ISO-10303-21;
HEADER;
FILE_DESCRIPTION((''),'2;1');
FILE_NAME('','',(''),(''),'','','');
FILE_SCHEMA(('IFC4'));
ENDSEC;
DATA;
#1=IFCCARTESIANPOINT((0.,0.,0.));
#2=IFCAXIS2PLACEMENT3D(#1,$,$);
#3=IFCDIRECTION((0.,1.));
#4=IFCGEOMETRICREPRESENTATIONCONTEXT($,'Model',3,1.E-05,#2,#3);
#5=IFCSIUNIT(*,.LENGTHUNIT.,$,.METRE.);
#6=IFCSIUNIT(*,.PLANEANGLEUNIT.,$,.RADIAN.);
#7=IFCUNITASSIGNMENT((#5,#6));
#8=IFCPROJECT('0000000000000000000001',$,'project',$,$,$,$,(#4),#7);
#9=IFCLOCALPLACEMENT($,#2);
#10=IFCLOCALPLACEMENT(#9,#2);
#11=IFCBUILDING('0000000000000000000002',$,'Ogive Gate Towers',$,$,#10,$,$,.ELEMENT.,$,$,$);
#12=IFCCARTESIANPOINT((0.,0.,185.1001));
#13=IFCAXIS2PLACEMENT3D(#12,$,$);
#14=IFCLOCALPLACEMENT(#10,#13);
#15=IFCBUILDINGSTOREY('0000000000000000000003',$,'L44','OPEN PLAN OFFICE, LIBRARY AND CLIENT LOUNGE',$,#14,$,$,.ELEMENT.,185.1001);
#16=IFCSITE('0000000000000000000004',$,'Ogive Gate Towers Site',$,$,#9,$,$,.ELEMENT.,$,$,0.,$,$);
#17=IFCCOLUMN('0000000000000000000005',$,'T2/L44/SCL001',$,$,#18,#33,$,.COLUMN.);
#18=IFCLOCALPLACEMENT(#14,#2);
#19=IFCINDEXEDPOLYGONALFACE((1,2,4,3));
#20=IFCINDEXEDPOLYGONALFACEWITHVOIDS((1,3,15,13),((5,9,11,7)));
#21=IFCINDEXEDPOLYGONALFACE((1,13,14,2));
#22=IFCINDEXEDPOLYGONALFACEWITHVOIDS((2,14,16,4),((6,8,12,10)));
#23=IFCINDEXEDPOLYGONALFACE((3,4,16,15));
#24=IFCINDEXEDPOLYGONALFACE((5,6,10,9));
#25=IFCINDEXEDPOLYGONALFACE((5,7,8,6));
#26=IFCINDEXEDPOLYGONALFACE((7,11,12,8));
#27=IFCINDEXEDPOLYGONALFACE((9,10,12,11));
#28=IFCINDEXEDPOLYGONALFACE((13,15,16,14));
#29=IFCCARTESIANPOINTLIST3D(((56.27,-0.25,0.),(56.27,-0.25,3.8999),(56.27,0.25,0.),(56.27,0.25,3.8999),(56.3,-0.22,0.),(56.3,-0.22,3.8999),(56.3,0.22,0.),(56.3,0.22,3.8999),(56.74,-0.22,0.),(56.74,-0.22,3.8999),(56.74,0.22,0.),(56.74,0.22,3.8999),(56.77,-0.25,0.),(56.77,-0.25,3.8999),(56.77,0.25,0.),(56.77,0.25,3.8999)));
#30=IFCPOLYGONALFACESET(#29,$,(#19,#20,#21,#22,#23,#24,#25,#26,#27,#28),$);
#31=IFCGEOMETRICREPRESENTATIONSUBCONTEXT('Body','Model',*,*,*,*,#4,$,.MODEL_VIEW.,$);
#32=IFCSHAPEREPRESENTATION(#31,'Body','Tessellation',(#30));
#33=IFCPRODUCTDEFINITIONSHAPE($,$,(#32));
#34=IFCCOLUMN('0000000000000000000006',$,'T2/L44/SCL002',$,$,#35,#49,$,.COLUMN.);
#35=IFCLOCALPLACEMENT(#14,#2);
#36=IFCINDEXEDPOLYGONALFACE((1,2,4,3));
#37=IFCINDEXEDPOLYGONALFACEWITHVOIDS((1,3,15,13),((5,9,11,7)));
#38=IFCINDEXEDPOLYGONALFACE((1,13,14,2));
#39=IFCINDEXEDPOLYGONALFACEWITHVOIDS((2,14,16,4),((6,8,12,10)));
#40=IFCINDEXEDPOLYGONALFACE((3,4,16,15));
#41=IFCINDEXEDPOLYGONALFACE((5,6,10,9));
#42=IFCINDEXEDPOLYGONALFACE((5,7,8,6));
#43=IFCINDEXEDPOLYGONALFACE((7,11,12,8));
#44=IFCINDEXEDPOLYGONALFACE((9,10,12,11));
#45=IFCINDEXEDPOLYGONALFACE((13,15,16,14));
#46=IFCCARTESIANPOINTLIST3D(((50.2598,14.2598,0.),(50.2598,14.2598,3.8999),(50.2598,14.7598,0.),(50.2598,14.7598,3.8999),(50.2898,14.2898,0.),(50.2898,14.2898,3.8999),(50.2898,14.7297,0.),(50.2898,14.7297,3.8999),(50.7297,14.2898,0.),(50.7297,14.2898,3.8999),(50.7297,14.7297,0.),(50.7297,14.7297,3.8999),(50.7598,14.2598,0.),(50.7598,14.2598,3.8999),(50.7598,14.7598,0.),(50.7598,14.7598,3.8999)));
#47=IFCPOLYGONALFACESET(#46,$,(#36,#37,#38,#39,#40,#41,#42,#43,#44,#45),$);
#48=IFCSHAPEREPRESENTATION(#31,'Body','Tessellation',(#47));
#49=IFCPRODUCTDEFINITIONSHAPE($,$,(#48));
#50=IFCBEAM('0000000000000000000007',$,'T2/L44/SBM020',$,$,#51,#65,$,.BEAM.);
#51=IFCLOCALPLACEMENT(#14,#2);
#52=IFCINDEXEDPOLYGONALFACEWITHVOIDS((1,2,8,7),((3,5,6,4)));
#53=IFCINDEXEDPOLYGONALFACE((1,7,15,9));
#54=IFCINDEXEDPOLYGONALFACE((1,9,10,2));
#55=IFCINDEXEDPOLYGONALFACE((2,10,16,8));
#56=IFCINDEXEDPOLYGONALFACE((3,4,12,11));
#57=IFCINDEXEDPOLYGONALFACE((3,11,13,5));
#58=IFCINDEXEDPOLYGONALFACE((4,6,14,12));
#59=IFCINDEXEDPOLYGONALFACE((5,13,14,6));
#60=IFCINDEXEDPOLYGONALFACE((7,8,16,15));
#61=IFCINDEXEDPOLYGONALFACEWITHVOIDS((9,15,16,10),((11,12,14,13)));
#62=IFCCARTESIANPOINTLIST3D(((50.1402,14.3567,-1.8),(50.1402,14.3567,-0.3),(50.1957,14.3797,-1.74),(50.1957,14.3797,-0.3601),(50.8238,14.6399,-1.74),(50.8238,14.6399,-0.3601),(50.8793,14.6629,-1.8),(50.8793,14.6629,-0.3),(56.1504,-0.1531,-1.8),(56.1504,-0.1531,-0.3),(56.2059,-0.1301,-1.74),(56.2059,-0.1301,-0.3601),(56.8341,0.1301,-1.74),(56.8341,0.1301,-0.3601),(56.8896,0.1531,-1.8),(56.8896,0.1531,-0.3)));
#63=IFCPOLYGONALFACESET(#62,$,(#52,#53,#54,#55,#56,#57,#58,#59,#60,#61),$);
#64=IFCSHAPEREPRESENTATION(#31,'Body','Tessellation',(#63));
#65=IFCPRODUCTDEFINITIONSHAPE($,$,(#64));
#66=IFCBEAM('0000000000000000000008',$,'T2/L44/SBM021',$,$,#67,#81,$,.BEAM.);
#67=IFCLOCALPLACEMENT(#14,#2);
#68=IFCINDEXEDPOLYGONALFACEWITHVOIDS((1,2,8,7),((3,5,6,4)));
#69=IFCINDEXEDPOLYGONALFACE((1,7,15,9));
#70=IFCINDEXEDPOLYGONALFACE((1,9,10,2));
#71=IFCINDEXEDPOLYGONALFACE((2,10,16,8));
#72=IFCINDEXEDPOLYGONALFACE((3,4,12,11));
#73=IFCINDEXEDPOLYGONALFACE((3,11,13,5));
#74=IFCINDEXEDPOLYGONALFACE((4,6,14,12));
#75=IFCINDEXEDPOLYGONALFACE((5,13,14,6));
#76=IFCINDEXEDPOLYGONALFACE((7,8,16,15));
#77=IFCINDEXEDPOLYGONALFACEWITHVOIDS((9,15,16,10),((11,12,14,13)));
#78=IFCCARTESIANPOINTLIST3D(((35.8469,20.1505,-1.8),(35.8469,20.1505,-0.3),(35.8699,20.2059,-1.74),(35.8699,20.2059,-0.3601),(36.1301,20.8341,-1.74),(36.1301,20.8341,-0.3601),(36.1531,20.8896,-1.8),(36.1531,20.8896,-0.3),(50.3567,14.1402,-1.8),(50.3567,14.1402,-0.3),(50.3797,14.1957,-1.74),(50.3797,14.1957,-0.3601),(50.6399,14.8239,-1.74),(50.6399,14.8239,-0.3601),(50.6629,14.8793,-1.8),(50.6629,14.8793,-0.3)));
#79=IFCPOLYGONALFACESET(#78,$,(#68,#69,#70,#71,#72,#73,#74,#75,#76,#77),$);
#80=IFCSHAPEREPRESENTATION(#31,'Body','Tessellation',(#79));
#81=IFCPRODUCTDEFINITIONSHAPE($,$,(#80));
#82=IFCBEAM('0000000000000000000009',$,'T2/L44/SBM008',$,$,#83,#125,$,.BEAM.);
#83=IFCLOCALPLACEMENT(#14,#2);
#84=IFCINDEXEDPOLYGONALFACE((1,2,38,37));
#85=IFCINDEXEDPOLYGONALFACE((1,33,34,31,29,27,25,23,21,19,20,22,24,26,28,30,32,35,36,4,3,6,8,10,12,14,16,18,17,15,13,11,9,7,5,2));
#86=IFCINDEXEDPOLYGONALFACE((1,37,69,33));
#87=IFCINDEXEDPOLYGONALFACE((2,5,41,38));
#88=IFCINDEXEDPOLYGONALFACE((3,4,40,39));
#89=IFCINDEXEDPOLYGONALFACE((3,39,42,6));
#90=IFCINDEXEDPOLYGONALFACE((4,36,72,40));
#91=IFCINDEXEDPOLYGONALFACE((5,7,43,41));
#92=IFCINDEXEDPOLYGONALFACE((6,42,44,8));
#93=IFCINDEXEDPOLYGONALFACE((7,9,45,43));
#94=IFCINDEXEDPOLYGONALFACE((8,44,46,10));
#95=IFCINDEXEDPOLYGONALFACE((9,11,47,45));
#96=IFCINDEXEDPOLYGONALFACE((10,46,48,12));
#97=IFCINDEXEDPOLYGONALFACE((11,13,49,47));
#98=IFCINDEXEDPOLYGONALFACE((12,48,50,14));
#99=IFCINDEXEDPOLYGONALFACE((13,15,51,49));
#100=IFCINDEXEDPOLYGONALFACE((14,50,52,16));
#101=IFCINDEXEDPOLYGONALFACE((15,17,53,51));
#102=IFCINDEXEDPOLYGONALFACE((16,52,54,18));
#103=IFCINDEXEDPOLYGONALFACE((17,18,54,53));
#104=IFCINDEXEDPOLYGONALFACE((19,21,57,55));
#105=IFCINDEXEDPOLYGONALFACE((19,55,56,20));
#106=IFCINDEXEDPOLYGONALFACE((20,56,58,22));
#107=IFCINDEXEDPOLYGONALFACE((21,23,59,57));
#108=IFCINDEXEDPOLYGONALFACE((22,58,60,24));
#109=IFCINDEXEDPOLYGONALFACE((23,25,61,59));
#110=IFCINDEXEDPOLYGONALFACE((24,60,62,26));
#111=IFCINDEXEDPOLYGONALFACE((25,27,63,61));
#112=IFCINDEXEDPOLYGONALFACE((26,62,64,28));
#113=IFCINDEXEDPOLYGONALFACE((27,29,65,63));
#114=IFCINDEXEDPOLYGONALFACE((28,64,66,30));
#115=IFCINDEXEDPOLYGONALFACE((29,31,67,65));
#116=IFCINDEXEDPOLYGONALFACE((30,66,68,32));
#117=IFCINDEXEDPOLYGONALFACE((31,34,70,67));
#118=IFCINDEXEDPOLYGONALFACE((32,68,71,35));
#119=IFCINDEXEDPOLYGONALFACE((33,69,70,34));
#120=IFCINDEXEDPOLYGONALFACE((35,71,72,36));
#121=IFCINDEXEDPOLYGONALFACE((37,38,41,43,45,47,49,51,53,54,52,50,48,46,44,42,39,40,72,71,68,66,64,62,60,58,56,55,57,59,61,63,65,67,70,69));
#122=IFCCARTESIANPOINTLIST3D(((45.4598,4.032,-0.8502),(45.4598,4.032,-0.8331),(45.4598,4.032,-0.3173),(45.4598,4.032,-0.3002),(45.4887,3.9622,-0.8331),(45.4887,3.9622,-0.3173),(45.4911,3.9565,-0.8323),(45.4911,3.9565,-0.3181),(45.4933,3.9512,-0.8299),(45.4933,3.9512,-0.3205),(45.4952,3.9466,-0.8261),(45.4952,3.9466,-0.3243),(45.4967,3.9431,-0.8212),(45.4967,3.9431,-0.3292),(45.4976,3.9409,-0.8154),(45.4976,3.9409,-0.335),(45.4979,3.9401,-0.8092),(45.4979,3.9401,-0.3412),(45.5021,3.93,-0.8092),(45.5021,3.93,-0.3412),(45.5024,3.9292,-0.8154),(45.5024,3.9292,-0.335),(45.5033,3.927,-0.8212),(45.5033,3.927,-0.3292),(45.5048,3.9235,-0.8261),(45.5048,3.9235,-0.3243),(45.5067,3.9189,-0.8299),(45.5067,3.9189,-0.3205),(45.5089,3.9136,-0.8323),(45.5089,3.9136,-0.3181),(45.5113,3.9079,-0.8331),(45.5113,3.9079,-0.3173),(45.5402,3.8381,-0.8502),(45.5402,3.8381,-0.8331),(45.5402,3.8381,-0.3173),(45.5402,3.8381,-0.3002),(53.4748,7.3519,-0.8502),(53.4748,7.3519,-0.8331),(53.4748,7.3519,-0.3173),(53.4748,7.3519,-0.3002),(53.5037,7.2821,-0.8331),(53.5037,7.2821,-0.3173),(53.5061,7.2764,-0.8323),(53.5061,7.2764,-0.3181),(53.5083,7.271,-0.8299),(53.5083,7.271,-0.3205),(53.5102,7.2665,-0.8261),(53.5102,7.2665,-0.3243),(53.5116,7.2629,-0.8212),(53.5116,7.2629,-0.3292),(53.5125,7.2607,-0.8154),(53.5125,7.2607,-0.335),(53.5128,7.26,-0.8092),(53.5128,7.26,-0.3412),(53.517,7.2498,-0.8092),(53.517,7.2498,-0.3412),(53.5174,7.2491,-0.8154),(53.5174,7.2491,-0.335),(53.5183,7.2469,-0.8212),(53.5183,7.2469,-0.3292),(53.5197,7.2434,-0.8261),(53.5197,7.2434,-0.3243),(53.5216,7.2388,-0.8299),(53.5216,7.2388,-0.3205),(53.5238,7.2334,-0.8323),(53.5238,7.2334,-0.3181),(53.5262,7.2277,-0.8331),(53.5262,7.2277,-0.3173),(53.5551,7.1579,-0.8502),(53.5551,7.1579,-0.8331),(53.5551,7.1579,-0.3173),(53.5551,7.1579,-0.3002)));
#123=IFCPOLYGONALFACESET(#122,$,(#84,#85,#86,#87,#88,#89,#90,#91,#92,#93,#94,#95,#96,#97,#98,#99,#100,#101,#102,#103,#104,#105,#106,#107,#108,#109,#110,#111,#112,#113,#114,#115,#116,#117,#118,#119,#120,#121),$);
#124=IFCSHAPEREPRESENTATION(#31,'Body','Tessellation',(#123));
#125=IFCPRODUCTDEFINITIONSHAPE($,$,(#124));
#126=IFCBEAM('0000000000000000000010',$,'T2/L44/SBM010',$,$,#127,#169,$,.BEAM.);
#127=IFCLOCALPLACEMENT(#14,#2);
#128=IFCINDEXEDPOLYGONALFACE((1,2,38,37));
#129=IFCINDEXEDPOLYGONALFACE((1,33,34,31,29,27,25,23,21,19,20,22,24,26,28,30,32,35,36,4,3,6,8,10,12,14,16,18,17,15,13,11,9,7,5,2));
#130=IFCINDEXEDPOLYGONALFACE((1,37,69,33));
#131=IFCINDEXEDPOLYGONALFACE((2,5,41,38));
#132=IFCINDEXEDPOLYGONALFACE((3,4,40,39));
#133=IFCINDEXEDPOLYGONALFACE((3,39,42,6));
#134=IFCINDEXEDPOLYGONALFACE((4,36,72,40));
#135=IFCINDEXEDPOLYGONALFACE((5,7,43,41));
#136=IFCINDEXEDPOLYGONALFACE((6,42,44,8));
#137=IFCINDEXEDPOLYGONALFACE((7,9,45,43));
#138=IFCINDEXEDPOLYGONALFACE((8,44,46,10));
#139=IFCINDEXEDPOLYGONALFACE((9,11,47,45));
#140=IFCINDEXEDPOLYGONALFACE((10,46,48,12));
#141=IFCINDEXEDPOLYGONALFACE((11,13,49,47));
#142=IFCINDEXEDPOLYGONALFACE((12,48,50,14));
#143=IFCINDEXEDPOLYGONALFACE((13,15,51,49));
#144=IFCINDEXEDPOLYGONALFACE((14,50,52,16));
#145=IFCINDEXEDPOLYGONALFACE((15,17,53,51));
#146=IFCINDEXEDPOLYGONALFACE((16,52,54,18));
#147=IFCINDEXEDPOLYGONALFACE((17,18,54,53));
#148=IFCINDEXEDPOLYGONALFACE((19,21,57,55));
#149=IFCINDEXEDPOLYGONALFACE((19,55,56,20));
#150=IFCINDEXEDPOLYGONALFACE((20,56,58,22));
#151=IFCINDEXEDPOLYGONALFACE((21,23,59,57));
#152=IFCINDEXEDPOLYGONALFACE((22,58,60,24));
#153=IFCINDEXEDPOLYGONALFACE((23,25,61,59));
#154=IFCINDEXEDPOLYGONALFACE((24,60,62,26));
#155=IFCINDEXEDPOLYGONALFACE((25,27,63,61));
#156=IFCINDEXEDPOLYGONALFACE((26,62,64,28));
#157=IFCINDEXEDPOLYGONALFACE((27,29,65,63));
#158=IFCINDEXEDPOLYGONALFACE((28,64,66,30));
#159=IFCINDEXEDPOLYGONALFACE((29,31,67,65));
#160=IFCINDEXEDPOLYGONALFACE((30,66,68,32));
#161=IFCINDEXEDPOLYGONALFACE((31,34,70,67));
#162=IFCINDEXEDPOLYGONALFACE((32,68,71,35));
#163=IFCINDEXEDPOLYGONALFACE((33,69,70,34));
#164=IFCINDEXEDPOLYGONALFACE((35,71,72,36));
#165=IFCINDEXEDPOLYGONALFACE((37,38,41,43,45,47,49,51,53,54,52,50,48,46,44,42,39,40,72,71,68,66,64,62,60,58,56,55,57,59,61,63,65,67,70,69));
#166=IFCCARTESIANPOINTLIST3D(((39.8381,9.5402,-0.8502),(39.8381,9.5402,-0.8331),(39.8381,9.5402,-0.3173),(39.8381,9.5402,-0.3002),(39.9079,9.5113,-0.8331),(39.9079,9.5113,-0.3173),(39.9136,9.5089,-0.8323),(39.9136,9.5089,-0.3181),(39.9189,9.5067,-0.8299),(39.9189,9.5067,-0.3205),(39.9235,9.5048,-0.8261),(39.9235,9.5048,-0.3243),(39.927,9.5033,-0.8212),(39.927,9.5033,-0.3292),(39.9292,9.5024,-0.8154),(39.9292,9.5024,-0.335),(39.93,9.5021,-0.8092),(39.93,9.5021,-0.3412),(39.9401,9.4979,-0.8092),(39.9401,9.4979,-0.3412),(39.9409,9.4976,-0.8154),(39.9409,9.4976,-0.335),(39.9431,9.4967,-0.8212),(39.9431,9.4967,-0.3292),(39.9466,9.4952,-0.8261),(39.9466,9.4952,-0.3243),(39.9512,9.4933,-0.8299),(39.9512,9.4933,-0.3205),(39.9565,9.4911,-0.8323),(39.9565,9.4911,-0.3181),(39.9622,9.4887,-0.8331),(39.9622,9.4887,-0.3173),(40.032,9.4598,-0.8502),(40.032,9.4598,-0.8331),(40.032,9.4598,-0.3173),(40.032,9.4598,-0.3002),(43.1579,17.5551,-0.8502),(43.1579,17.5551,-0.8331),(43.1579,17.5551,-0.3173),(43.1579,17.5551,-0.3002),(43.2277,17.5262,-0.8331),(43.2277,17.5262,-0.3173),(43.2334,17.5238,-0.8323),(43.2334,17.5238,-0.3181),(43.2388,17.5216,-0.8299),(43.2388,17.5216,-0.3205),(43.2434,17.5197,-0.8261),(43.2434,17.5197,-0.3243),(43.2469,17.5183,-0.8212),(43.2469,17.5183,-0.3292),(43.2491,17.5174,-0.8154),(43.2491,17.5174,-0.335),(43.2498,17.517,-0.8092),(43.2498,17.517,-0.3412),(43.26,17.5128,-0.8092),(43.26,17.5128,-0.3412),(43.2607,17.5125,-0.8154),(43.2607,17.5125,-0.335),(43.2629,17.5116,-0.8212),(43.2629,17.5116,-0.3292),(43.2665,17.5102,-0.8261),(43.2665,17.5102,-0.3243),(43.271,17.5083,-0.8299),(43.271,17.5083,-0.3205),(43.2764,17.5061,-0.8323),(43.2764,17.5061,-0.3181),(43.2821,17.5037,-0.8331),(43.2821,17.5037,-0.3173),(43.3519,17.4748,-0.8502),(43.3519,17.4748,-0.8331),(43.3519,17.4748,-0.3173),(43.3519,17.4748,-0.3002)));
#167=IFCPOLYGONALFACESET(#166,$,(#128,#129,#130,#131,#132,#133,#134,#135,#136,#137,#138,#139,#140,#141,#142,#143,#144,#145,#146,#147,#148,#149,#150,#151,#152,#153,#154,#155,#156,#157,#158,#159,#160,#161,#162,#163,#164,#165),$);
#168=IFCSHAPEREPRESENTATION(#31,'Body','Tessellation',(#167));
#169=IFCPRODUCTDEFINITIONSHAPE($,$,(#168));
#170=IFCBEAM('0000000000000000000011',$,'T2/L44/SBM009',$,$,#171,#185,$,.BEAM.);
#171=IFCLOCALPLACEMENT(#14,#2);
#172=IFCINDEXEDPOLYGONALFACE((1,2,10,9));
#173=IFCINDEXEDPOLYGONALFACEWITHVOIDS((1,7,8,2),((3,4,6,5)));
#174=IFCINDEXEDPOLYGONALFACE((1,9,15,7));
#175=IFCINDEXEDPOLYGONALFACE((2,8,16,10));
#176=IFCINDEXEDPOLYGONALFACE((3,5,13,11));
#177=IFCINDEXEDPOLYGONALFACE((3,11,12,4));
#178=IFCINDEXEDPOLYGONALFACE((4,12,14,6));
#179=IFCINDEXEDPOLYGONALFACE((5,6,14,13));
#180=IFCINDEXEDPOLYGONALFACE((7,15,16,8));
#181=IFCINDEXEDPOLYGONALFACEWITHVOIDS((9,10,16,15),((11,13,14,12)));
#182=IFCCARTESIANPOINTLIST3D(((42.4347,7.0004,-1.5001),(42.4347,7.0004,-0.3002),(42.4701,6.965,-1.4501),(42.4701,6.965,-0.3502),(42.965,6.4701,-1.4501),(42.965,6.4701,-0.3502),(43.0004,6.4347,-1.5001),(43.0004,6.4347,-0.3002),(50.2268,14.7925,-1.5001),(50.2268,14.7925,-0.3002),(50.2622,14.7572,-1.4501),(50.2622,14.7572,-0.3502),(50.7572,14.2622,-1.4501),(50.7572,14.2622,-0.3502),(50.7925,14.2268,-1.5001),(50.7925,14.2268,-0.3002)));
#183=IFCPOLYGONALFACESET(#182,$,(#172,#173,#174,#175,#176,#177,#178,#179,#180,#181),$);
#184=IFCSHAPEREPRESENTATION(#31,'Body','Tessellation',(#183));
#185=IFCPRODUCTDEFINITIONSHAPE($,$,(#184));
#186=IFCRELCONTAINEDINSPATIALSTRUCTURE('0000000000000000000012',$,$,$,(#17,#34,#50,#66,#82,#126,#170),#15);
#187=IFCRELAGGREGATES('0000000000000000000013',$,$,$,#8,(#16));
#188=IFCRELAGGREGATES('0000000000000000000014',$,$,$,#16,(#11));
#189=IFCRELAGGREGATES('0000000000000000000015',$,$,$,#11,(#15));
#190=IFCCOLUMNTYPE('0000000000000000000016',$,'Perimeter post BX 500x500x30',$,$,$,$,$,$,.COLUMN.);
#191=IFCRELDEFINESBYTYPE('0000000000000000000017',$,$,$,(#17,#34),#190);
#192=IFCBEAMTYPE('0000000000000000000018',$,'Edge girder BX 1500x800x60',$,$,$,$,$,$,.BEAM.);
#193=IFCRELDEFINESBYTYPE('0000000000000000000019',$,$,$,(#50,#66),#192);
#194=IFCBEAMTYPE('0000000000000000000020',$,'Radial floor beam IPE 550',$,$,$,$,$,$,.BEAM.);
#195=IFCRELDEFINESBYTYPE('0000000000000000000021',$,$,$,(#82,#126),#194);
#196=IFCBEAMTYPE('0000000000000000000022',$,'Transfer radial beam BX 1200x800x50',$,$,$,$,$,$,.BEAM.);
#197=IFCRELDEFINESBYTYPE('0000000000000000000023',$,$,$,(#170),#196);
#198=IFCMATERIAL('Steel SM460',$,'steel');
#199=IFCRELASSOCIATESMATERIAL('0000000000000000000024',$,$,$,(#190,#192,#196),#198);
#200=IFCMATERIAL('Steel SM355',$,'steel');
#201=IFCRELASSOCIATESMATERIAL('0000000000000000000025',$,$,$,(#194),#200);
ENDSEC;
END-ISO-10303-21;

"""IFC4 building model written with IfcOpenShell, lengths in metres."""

from ifc_helpers import new_model, si_unit, direction, frame, origin, origin_2d, place, context, subcontext, project, spatial, hollow_rectangle, i_section, extrude, material, material_profile, profile_set, type_object, element, save


model = new_model("IFC4")

# Units and contexts
model_context = context("Model", 3, precision=1e-05, world=origin(), true_north=direction((0.0, 1.0)))
body_context = subcontext(model_context, "Body", "Model", "MODEL_VIEW")
ifc_project = project(units=[si_unit("LENGTHUNIT", "METRE"), si_unit("PLANEANGLEUNIT", "RADIAN")], contexts=[model_context])

# Site, building, storey
site_placement = place(None, origin())
site = spatial("IfcSite", under=ifc_project, at=site_placement, Name="Ogive Gate Towers Site", CompositionType="ELEMENT", RefElevation=0.0)
building_placement = place(site_placement, origin())
building = spatial("IfcBuilding", under=site, at=building_placement, Name="Ogive Gate Towers", CompositionType="ELEMENT")
storey_placement = place(building_placement, frame((0.0, 0.0, 185.1001)))
storey = spatial("IfcBuildingStorey", under=building, at=storey_placement, Name="L44", Description="OPEN PLAN OFFICE, LIBRARY AND CLIENT LOUNGE", CompositionType="ELEMENT", Elevation=185.1001)

# Columns
ifc_material_1 = material(Name="Steel SM460", Category="steel")
ifc_material_profile_1 = material_profile(ifc_material_1, hollow_rectangle(XDim=0.5, YDim=0.5, WallThickness=0.03, at=origin_2d()), Name="BX 500x500x30")
ifc_profile_set_1 = profile_set([ifc_material_profile_1], Name="Steel SM460")
column_type = type_object("IfcColumnType", Name="Perimeter post BX 500x500x30", PredefinedType="COLUMN", material=ifc_profile_set_1)
for number, where, z_axis, x_axis, name in (
    (1, (56.52, 0.0, 0.0), (0.0, 0.0, 1.0), (1.0, 0.0, 0.0), "T2/L44/SCL001"),
    (2, (50.5098, 14.5098, 0.0), (0.0, 0.0, 1.0), (1.0, 0.0, 0.0), "T2/L44/SCL002"),
):
    element("IfcColumn", number, at=place(storey_placement, frame(where, z_axis=z_axis, x_axis=x_axis)), inside=storey, type_object=column_type, Name=name, PredefinedType="COLUMN", context=body_context, shape_type="SweptSolid", body=[
        extrude(hollow_rectangle(XDim=0.5, YDim=0.5, WallThickness=0.03, at=origin_2d()), origin(), (0.0, 0.0, 1.0), 3.8999),
    ])

# Beams
ifc_material_profile_2 = material_profile(ifc_material_1, hollow_rectangle(XDim=0.8, YDim=1.5, WallThickness=0.0601, at=origin_2d()), Name="BX 1500x800x60")
ifc_profile_set_2 = profile_set([ifc_material_profile_2], Name="Steel SM460")
beam_type_1 = type_object("IfcBeamType", Name="Edge girder BX 1500x800x60", PredefinedType="BEAM", material=ifc_profile_set_2)
for number, where, z_axis, x_axis, name in (
    (3, (56.52, 0.0, -1.05), (-0.38269, 0.923877, 0.0), (-0.923877, -0.38269, 0.0), "T2/L44/SBM020"),
    (4, (50.5098, 14.5098, -1.05), (-0.923877, 0.38269, 0.0), (-0.38269, -0.923877, 0.0), "T2/L44/SBM021"),
):
    element("IfcBeam", number, at=place(storey_placement, frame(where, z_axis=z_axis, x_axis=x_axis)), inside=storey, type_object=beam_type_1, Name=name, PredefinedType="BEAM", context=body_context, shape_type="SweptSolid", body=[
        extrude(hollow_rectangle(XDim=0.8, YDim=1.5, WallThickness=0.0601, at=origin_2d()), origin(), (0.0, 0.0, 1.0), 15.7053),
    ])
ifc_material_2 = material(Name="Steel SM355", Category="steel")
ifc_material_profile_3 = material_profile(ifc_material_2, i_section(OverallWidth=0.21, OverallDepth=0.55, WebThickness=0.011, FlangeThickness=0.0171, FilletRadius=0.0239, at=origin_2d()), Name="IPE 550")
ifc_profile_set_3 = profile_set([ifc_material_profile_3], Name="Steel SM355")
beam_type_2 = type_object("IfcBeamType", Name="Radial floor beam IPE 550", PredefinedType="BEAM", material=ifc_profile_set_3)
for number, where, z_axis, x_axis, name in (
    (5, (45.5, 3.9351, -0.5752), (0.923882, 0.382678, 0.0), (-0.382678, 0.923882, 0.0), "T2/L44/SBM008"),
    (6, (39.9351, 9.5, -0.5752), (0.382678, 0.923882, 0.0), (-0.923882, 0.382678, 0.0), "T2/L44/SBM010"),
):
    element("IfcBeam", number, at=place(storey_placement, frame(where, z_axis=z_axis, x_axis=x_axis)), inside=storey, type_object=beam_type_2, Name=name, PredefinedType="BEAM", context=body_context, shape_type="SweptSolid", body=[
        extrude(i_section(OverallWidth=0.21, OverallDepth=0.55, WebThickness=0.011, FlangeThickness=0.0171, FilletRadius=0.0239, at=origin_2d()), origin(), (0.0, 0.0, 1.0), 8.6753),
    ])
ifc_material_profile_4 = material_profile(ifc_material_1, hollow_rectangle(XDim=0.8, YDim=1.2, WallThickness=0.05, at=origin_2d()), Name="BX 1200x800x50")
ifc_profile_set_4 = profile_set([ifc_material_profile_4], Name="Steel SM460")
beam_type_3 = type_object("IfcBeamType", Name="Transfer radial beam BX 1200x800x50", PredefinedType="BEAM", material=ifc_profile_set_4)
beam_1_placement = place(storey_placement, frame((42.7175, 6.7175, -0.9001), z_axis=(0.707107, 0.707107, 0.0), x_axis=(-0.707107, 0.707107, 0.0)))
element("IfcBeam", 7, at=beam_1_placement, inside=storey, type_object=beam_type_3, Name="T2/L44/SBM009", PredefinedType="BEAM", context=body_context, shape_type="SweptSolid", body=[
    extrude(hollow_rectangle(XDim=0.8, YDim=1.2, WallThickness=0.05, at=origin_2d()), origin(), (0.0, 0.0, 1.0), 11.0198),
])

save(model, "model.ifc")
